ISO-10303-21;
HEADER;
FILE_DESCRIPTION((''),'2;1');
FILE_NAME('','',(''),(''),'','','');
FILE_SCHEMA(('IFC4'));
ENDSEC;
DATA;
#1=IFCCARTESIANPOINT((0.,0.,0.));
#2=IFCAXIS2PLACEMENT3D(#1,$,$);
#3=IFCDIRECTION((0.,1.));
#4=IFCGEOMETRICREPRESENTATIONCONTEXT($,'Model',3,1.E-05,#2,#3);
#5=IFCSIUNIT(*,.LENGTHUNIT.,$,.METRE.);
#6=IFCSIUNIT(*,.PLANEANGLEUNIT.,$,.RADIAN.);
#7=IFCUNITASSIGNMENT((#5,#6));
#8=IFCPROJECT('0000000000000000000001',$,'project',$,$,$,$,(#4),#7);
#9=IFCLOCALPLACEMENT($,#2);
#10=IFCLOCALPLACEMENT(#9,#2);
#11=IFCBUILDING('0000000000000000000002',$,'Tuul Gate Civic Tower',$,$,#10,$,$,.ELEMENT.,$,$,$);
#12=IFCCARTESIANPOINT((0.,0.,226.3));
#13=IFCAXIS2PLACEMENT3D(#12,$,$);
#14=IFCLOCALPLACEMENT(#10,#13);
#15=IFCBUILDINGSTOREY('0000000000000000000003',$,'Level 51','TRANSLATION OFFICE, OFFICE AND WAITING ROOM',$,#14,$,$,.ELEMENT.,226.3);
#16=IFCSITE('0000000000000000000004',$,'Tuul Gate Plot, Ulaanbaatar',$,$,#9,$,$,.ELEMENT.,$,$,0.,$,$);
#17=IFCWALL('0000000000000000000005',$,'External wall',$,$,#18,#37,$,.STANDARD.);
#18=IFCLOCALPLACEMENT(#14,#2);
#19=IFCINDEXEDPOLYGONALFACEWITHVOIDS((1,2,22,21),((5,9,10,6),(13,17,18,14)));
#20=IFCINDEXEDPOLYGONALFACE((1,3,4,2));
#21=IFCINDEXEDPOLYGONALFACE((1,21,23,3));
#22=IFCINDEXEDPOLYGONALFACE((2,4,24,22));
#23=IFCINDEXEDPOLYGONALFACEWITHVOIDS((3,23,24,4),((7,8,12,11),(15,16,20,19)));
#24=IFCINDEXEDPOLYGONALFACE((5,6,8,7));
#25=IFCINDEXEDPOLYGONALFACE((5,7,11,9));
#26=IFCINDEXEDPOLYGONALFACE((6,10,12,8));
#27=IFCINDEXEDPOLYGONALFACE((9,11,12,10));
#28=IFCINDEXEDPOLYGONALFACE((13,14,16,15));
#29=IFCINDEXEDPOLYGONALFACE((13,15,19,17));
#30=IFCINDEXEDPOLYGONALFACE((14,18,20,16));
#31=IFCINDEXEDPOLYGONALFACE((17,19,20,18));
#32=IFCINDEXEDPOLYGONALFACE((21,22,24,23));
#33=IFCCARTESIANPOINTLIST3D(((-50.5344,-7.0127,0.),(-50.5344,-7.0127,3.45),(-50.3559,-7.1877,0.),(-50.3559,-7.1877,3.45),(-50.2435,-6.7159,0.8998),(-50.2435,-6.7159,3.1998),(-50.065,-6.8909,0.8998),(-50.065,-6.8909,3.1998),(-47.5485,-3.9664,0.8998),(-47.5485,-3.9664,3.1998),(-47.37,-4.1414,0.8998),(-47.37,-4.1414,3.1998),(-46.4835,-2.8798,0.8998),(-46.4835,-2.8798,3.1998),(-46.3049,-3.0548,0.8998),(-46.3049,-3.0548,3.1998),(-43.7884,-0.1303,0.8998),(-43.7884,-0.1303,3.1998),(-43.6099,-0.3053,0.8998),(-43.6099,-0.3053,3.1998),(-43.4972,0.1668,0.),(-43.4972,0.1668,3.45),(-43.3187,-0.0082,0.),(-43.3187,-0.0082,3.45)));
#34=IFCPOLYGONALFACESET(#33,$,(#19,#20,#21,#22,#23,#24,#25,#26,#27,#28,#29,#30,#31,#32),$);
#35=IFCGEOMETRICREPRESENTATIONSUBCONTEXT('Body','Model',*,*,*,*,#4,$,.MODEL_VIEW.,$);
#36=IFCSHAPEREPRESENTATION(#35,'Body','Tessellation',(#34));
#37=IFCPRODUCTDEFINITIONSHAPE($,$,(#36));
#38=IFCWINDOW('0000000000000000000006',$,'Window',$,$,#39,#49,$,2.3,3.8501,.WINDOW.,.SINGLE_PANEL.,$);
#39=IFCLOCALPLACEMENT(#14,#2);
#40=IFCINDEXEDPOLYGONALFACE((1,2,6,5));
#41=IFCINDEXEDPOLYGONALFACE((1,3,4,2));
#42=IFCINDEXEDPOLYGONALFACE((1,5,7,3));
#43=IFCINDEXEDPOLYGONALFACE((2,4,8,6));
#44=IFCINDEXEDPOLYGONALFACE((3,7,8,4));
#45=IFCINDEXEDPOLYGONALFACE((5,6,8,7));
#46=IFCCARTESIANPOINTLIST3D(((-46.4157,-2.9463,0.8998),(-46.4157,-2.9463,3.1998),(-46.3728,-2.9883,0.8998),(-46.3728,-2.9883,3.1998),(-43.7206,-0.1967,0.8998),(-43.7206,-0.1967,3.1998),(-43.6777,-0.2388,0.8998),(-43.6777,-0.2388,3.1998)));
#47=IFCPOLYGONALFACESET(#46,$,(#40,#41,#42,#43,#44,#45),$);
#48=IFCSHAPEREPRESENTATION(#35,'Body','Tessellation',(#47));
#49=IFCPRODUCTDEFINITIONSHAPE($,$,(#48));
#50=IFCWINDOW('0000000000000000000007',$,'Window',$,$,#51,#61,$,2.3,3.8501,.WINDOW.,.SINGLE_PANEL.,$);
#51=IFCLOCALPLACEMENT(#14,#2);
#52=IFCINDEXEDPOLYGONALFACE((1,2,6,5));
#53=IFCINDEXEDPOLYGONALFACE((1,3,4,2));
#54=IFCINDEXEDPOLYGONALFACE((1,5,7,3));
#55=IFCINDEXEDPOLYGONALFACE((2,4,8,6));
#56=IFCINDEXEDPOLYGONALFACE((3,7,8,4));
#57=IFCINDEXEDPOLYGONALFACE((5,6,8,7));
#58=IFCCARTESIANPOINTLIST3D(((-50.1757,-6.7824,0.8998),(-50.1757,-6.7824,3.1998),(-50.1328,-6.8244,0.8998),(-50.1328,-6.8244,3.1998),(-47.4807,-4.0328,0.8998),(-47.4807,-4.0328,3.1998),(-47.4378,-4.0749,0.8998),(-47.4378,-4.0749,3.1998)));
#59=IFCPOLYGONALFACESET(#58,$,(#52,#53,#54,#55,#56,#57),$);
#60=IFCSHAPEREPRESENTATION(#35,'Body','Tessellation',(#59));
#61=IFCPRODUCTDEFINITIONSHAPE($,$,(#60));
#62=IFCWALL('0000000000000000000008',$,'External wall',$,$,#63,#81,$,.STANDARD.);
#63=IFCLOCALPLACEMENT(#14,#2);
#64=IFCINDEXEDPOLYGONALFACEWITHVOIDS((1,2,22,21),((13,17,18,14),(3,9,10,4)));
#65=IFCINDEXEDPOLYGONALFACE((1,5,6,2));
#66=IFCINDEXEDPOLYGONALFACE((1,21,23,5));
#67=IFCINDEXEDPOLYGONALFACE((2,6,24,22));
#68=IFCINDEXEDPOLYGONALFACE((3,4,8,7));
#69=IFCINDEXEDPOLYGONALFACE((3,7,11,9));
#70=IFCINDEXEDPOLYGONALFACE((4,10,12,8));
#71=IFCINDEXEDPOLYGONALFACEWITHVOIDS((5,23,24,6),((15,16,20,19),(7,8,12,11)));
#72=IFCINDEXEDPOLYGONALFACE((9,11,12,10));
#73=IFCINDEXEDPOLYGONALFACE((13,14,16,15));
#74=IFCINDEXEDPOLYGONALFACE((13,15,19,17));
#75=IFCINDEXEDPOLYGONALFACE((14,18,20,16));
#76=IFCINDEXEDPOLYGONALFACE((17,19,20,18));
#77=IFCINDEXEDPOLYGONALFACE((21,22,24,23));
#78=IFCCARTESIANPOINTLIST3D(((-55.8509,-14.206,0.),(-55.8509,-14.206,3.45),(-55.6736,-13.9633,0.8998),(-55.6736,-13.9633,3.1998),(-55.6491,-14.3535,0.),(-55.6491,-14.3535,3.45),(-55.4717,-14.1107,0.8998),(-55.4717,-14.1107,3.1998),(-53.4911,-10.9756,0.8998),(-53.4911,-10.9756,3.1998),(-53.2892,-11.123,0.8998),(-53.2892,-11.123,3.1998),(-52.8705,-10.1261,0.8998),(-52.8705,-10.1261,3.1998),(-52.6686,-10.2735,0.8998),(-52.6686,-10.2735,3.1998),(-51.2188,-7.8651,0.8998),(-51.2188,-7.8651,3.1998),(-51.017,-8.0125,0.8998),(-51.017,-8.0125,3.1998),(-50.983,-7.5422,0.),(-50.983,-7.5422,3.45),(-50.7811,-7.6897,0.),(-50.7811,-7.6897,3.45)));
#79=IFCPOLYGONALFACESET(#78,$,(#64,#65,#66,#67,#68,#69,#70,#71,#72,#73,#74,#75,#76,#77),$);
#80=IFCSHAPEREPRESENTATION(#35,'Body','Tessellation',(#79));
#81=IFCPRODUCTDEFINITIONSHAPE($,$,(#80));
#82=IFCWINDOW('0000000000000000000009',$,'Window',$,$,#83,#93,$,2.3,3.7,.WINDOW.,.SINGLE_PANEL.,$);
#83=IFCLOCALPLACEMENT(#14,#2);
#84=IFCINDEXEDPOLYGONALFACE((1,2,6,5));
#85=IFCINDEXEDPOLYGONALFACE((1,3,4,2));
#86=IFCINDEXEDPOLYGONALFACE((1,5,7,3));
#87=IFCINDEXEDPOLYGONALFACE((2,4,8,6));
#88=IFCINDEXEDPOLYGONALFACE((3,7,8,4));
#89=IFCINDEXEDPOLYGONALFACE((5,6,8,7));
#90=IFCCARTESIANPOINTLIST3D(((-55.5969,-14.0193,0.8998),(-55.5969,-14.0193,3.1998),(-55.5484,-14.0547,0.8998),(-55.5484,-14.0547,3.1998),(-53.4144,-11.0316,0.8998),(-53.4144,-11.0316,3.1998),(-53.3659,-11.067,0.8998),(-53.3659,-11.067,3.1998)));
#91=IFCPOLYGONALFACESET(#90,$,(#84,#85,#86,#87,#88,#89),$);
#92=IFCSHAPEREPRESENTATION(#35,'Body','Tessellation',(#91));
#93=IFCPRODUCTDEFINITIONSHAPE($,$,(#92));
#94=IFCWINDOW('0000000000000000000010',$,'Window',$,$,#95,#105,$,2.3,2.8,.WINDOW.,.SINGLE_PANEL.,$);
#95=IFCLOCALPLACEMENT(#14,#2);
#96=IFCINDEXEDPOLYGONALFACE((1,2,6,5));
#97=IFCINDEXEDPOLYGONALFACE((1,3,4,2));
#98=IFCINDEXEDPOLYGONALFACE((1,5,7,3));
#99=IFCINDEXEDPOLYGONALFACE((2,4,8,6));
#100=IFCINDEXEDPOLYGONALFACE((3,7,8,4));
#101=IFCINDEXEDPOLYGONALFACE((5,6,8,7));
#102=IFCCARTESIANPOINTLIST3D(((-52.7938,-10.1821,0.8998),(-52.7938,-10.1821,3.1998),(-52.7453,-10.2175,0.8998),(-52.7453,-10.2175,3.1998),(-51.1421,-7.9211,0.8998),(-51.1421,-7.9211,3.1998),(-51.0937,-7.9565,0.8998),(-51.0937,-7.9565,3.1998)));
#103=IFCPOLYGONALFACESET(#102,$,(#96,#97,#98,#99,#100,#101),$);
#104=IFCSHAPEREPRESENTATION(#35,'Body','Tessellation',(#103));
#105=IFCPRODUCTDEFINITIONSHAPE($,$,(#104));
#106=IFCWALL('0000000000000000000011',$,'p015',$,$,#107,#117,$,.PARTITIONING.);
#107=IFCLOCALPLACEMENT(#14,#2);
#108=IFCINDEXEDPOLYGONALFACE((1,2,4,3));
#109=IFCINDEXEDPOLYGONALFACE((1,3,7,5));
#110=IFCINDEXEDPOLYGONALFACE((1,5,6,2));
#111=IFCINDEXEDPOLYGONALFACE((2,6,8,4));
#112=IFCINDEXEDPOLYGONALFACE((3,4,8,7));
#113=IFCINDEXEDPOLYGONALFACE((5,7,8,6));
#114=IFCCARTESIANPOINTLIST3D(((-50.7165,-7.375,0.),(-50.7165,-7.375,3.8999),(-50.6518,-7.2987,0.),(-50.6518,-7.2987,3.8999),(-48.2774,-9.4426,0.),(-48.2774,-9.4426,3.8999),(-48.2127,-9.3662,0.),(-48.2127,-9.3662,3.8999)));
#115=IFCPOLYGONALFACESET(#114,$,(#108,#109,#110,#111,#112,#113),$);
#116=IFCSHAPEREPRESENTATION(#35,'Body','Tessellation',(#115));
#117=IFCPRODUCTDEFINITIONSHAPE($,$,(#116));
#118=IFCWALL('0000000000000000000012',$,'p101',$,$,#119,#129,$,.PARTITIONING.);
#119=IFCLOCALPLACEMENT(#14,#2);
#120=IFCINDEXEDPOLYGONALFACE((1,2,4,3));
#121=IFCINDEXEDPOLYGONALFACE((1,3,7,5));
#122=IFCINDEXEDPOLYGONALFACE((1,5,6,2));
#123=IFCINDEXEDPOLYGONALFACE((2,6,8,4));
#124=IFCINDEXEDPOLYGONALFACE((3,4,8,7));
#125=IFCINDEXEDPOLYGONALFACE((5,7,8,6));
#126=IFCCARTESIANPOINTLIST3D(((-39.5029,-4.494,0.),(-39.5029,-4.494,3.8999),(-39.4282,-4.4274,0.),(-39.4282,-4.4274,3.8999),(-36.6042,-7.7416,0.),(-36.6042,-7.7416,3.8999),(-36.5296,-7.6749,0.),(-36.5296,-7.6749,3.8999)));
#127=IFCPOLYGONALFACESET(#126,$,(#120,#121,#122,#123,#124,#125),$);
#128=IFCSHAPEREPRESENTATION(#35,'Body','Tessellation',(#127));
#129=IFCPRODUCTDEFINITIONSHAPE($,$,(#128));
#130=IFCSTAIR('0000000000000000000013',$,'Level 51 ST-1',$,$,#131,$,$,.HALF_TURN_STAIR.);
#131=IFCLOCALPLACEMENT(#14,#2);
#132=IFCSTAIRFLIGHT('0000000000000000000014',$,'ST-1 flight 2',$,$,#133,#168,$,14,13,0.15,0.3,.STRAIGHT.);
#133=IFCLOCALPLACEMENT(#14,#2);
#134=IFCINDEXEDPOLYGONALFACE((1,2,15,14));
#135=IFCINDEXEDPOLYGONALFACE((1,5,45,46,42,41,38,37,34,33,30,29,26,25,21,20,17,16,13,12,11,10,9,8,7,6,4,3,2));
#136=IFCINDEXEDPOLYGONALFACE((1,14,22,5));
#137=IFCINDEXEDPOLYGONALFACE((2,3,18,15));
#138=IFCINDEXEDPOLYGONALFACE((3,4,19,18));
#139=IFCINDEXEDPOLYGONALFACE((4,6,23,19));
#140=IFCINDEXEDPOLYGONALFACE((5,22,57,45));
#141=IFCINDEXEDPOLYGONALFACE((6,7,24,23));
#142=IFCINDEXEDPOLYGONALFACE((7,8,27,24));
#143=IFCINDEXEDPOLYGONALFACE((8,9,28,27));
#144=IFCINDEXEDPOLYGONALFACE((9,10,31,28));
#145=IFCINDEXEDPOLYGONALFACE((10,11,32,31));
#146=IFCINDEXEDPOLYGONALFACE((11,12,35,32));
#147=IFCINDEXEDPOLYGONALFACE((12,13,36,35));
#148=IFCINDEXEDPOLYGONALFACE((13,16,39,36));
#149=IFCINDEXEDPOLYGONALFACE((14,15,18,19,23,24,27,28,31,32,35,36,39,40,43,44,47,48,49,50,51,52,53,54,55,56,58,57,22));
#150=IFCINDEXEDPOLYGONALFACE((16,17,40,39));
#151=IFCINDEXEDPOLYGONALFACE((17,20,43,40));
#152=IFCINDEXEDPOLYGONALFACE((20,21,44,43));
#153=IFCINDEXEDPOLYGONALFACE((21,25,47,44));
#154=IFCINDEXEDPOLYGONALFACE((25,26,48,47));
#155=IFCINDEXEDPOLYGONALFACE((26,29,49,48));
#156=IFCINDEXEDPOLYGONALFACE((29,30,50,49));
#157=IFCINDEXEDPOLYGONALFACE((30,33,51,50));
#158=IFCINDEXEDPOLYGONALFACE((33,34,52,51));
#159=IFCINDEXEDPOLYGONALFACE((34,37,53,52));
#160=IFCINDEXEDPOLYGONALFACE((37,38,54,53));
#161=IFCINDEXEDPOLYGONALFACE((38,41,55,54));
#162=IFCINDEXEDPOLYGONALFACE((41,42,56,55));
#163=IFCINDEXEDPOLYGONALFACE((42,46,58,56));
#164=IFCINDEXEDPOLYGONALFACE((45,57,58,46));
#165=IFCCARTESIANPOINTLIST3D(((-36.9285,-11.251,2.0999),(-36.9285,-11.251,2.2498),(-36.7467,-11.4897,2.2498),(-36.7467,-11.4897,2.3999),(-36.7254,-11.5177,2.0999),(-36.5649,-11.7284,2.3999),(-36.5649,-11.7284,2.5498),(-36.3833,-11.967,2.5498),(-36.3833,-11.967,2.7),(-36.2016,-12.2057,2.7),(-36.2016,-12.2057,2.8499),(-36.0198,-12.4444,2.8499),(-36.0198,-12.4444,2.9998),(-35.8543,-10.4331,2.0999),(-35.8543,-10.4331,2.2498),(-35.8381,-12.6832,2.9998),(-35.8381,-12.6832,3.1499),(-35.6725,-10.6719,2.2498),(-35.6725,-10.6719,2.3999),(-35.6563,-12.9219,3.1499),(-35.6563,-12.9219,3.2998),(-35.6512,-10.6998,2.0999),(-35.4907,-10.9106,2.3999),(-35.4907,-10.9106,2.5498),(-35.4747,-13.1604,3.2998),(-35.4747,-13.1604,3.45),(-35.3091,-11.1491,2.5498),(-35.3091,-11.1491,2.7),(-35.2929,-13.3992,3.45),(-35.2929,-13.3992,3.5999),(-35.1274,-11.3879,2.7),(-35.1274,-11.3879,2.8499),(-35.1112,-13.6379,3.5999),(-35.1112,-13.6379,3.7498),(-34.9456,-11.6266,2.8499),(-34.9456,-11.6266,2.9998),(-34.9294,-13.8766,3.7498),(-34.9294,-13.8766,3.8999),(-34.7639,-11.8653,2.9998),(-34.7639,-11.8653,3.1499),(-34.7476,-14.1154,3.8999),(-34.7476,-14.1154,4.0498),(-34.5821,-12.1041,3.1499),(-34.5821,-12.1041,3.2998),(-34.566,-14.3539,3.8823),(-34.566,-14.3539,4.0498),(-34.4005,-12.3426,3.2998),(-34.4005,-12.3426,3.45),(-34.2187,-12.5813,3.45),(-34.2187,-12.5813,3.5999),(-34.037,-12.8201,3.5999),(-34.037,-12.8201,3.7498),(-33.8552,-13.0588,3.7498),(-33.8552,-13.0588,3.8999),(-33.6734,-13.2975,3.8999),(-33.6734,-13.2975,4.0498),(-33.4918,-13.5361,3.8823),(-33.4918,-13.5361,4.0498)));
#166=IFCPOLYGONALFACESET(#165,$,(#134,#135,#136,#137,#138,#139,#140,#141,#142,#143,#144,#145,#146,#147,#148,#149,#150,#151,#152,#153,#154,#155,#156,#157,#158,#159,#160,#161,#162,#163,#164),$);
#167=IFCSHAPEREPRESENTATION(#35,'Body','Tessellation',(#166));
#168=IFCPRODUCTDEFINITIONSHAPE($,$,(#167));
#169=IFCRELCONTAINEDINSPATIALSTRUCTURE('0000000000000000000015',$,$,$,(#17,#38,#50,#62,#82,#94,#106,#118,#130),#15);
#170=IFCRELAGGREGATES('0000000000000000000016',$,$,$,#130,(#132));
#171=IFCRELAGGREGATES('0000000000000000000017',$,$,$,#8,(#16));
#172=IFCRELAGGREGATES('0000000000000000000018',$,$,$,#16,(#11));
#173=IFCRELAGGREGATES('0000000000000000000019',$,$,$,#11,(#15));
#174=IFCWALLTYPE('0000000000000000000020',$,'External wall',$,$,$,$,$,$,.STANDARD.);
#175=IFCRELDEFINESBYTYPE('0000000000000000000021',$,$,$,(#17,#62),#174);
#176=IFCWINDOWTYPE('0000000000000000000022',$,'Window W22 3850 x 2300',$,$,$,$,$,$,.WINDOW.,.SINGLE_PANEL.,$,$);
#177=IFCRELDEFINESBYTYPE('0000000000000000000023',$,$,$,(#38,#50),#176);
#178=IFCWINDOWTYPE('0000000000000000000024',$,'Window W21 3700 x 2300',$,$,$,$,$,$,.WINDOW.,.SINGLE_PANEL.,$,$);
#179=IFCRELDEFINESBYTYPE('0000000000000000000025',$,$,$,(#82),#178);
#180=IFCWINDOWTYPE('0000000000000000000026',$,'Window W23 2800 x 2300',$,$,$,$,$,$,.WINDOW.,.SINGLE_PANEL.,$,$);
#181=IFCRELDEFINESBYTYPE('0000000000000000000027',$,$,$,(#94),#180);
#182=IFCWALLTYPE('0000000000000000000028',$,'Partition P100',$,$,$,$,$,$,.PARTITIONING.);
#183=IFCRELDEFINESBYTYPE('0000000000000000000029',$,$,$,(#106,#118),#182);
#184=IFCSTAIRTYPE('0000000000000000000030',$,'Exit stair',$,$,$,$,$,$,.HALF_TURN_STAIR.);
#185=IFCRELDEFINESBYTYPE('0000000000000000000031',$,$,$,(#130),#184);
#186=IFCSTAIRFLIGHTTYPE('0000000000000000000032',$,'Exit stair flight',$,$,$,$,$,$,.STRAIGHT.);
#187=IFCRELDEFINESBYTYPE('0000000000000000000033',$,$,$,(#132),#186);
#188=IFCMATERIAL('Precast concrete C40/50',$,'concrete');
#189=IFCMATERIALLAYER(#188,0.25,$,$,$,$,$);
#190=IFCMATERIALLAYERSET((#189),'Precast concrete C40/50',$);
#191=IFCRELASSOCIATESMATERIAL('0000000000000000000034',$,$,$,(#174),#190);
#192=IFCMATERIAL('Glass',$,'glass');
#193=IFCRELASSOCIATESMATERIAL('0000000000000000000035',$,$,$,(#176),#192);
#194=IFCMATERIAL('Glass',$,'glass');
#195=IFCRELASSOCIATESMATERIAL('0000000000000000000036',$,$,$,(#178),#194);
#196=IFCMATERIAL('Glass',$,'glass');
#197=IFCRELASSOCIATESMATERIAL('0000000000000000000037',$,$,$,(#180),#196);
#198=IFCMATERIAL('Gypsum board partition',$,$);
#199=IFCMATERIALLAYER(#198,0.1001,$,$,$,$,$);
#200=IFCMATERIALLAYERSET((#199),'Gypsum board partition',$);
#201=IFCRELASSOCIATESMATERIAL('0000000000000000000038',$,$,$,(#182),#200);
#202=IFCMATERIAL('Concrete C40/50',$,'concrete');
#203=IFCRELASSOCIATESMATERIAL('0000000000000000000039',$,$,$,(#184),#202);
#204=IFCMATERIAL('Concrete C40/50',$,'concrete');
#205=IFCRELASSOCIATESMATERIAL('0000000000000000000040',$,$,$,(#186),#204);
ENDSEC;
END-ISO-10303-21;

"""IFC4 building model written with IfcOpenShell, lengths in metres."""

from ifc_helpers import new_model, si_unit, direction, frame, frame_2d, origin, place, context, subcontext, project, spatial, polyline, rectangle, outline, extrude, material, layer, layer_set, type_object, element, fill, aggregate, save


model = new_model("IFC4")

# Units and contexts
model_context = context("Model", 3, precision=1e-05, world=origin(), true_north=direction((0.0, 1.0)))
body_context = subcontext(model_context, "Body", "Model", "MODEL_VIEW")
ifc_project = project(units=[si_unit("LENGTHUNIT", "METRE"), si_unit("PLANEANGLEUNIT", "RADIAN")], contexts=[model_context])

# Site, building, storey
site_placement = place(None, origin())
site = spatial("IfcSite", under=ifc_project, at=site_placement, Name="Tuul Gate Plot, Ulaanbaatar", CompositionType="ELEMENT", RefElevation=0.0)
building_placement = place(site_placement, origin())
building = spatial("IfcBuilding", under=site, at=building_placement, Name="Tuul Gate Civic Tower", CompositionType="ELEMENT")
storey_placement = place(building_placement, frame((0.0, 0.0, 226.3)))
storey = spatial("IfcBuildingStorey", under=building, at=storey_placement, Name="Level 51", Description="TRANSLATION OFFICE, OFFICE AND WAITING ROOM", CompositionType="ELEMENT", Elevation=226.3)

# Walls, openings, windows
ifc_material_1 = material(Name="Precast concrete C40/50", Category="concrete")
ifc_layer_1 = layer(ifc_material_1, 0.25)
ifc_layer_set_1 = layer_set([ifc_layer_1], Name="Precast concrete C40/50")
wall_type_1 = type_object("IfcWallType", Name="External wall", PredefinedType="STANDARD", material=ifc_layer_set_1)
wall_1_placement = place(storey_placement, frame((-43.408, 0.0793, 0.0), z_axis=(0.0, 0.0, 1.0), x_axis=(-0.699992, -0.71415, 0.0)))
wall_1 = element("IfcWall", 1, at=wall_1_placement, inside=storey, type_object=wall_type_1, Name="External wall", PredefinedType="STANDARD", context=body_context, shape_type="SweptSolid", body=[
    extrude(rectangle(XDim=10.0532, YDim=0.25, at=frame_2d((5.0266, 0.0))), origin(), (0.0, 0.0, 1.0), 3.45),
])
opening_1_placement = place(wall_1_placement, frame((0.416, 0.0, 0.8999)))
opening_1 = element("IfcOpeningElement", 2, at=opening_1_placement, cuts=wall_1, PredefinedType="OPENING", context=body_context, shape_type="SweptSolid", body=[
    extrude(rectangle(XDim=3.8501, YDim=2.3, at=frame_2d((1.925, 1.1499))), frame((0.0, 0.135, 0.0), z_axis=(0.0, -1.0, 0.0), x_axis=(1.0, 0.0, 0.0)), (0.0, 0.0, 1.0), 0.27),
])
opening_2_placement = place(wall_1_placement, frame((5.7876, 0.0, 0.8999)))
opening_2 = element("IfcOpeningElement", 3, at=opening_2_placement, cuts=wall_1, PredefinedType="OPENING", context=body_context, shape_type="SweptSolid", body=[
    extrude(rectangle(XDim=3.8501, YDim=2.3, at=frame_2d((1.925, 1.1499))), frame((0.0, 0.135, 0.0), z_axis=(0.0, -1.0, 0.0), x_axis=(1.0, 0.0, 0.0)), (0.0, 0.0, 1.0), 0.27),
])
ifc_material_2 = material(Name="Glass", Category="glass")
window_type_1 = type_object("IfcWindowType", Name="Window W22 3850 x 2300", PartitioningType="SINGLE_PANEL", PredefinedType="WINDOW", material=ifc_material_2)
window_1_placement = place(opening_1_placement, origin())
window_1 = element("IfcWindow", 4, at=window_1_placement, inside=storey, type_object=window_type_1, Name="Window", OverallHeight=2.3, OverallWidth=3.8501, PartitioningType="SINGLE_PANEL", PredefinedType="WINDOW", context=body_context, shape_type="SweptSolid", body=[
    extrude(rectangle(XDim=3.8501, YDim=2.3, at=frame_2d((1.925, 1.1499))), frame((0.0, 0.03, 0.0), z_axis=(0.0, -1.0, 0.0), x_axis=(1.0, 0.0, 0.0)), (0.0, 0.0, 1.0), 0.0601),
])
fill(opening_1, window_1)
window_2_placement = place(opening_2_placement, origin())
window_2 = element("IfcWindow", 5, at=window_2_placement, inside=storey, type_object=window_type_1, Name="Window", OverallHeight=2.3, OverallWidth=3.8501, PartitioningType="SINGLE_PANEL", PredefinedType="WINDOW", context=body_context, shape_type="SweptSolid", body=[
    extrude(rectangle(XDim=3.8501, YDim=2.3, at=frame_2d((1.925, 1.1499))), frame((0.0, 0.03, 0.0), z_axis=(0.0, -1.0, 0.0), x_axis=(1.0, 0.0, 0.0)), (0.0, 0.0, 1.0), 0.0601),
])
fill(opening_2, window_2)
wall_2_placement = place(storey_placement, frame((-50.8821, -7.616, 0.0), z_axis=(0.0, 0.0, 1.0), x_axis=(-0.589875, -0.807495, 0.0)))
wall_2 = element("IfcWall", 6, at=wall_2_placement, inside=storey, type_object=wall_type_1, Name="External wall", PredefinedType="STANDARD", context=body_context, shape_type="SweptSolid", body=[
    extrude(rectangle(XDim=8.2524, YDim=0.25, at=frame_2d((4.1262, 0.0))), origin(), (0.0, 0.0, 1.0), 3.45),
])
opening_3_placement = place(wall_2_placement, frame((0.3999, 0.0, 0.8999)))
opening_3 = element("IfcOpeningElement", 7, at=opening_3_placement, cuts=wall_2, PredefinedType="OPENING", context=body_context, shape_type="SweptSolid", body=[
    extrude(rectangle(XDim=2.8, YDim=2.3, at=frame_2d((1.3999, 1.1499))), frame((0.0, 0.135, 0.0), z_axis=(0.0, -1.0, 0.0), x_axis=(1.0, 0.0, 0.0)), (0.0, 0.0, 1.0), 0.27),
])
opening_4_placement = place(wall_2_placement, frame((4.2517, 0.0, 0.8999)))
opening_4 = element("IfcOpeningElement", 8, at=opening_4_placement, cuts=wall_2, PredefinedType="OPENING", context=body_context, shape_type="SweptSolid", body=[
    extrude(rectangle(XDim=3.7, YDim=2.3, at=frame_2d((1.8501, 1.1499))), frame((0.0, 0.135, 0.0), z_axis=(0.0, -1.0, 0.0), x_axis=(1.0, 0.0, 0.0)), (0.0, 0.0, 1.0), 0.27),
])
ifc_material_3 = material(Name="Glass", Category="glass")
window_type_2 = type_object("IfcWindowType", Name="Window W21 3700 x 2300", PartitioningType="SINGLE_PANEL", PredefinedType="WINDOW", material=ifc_material_3)
window_3_placement = place(opening_4_placement, origin())
window_3 = element("IfcWindow", 9, at=window_3_placement, inside=storey, type_object=window_type_2, Name="Window", OverallHeight=2.3, OverallWidth=3.7, PartitioningType="SINGLE_PANEL", PredefinedType="WINDOW", context=body_context, shape_type="SweptSolid", body=[
    extrude(rectangle(XDim=3.7, YDim=2.3, at=frame_2d((1.8501, 1.1499))), frame((0.0, 0.03, 0.0), z_axis=(0.0, -1.0, 0.0), x_axis=(1.0, 0.0, 0.0)), (0.0, 0.0, 1.0), 0.0601),
])
fill(opening_4, window_3)
ifc_material_4 = material(Name="Glass", Category="glass")
window_type_3 = type_object("IfcWindowType", Name="Window W23 2800 x 2300", PartitioningType="SINGLE_PANEL", PredefinedType="WINDOW", material=ifc_material_4)
window_4_placement = place(opening_3_placement, origin())
window_4 = element("IfcWindow", 10, at=window_4_placement, inside=storey, type_object=window_type_3, Name="Window", OverallHeight=2.3, OverallWidth=2.8, PartitioningType="SINGLE_PANEL", PredefinedType="WINDOW", context=body_context, shape_type="SweptSolid", body=[
    extrude(rectangle(XDim=2.8, YDim=2.3, at=frame_2d((1.3999, 1.1499))), frame((0.0, 0.03, 0.0), z_axis=(0.0, -1.0, 0.0), x_axis=(1.0, 0.0, 0.0)), (0.0, 0.0, 1.0), 0.0601),
])
fill(opening_3, window_4)

# Walls
ifc_material_5 = material(Name="Gypsum board partition")
ifc_layer_2 = layer(ifc_material_5, 0.1001)
ifc_layer_set_2 = layer_set([ifc_layer_2], Name="Gypsum board partition")
wall_type_2 = type_object("IfcWallType", Name="Partition P100", PredefinedType="PARTITIONING", material=ifc_layer_set_2)
wall_3_placement = place(storey_placement, frame((-50.6841, -7.3369, 0.0), z_axis=(0.0, 0.0, 1.0), x_axis=(0.762818, -0.646613, 0.0)))
element("IfcWall", 11, at=wall_3_placement, inside=storey, type_object=wall_type_2, Name="p015", PredefinedType="PARTITIONING", context=body_context, shape_type="SweptSolid", body=[
    extrude(rectangle(XDim=3.1975, YDim=0.1001, at=frame_2d((1.5986, 0.0))), origin(), (0.0, 0.0, 1.0), 3.8999),
])
wall_4_placement = place(storey_placement, frame((-39.4656, -4.4607, 0.0), z_axis=(0.0, 0.0, 1.0), x_axis=(0.665898, -0.746043, 0.0)))
element("IfcWall", 12, at=wall_4_placement, inside=storey, type_object=wall_type_2, Name="p101", PredefinedType="PARTITIONING", context=body_context, shape_type="SweptSolid", body=[
    extrude(rectangle(XDim=4.353, YDim=0.1001, at=frame_2d((2.1765, 0.0))), origin(), (0.0, 0.0, 1.0), 3.8999),
])

# Stair, stair flight
ifc_material_6 = material(Name="Concrete C40/50", Category="concrete")
stair_type = type_object("IfcStairType", Name="Exit stair", PredefinedType="HALF_TURN_STAIR", material=ifc_material_6)
stair_placement = place(storey_placement, origin())
stair = element("IfcStair", 13, at=stair_placement, inside=storey, type_object=stair_type, Name="Level 51 ST-1", PredefinedType="HALF_TURN_STAIR")
ifc_material_7 = material(Name="Concrete C40/50", Category="concrete")
stair_flight_type = type_object("IfcStairFlightType", Name="Exit stair flight", PredefinedType="STRAIGHT", material=ifc_material_7)
stair_flight_placement = place(storey_placement, frame((-36.3914, -10.842, 2.0999), z_axis=(0.0, 0.0, 1.0), x_axis=(0.605764, -0.795644, 0.0)))
stair_flight = element("IfcStairFlight", 14, at=stair_flight_placement, type_object=stair_flight_type, Name="ST-1 flight 2", NumberOfRisers=14, NumberOfTreads=13, PredefinedType="STRAIGHT", RiserHeight=0.15, TreadLength=0.3, context=body_context, shape_type="SweptSolid", body=[
    extrude(outline(polyline([(0.0, 0.0), (0.0, 0.1499), (0.3, 0.1499), (0.3, 0.3), (0.6001, 0.3), (0.6001, 0.45), (0.8999, 0.45), (0.8999, 0.6001), (1.2, 0.6001), (1.2, 0.75), (1.5, 0.75), (1.5, 0.8999), (1.8, 0.8999), (1.8, 1.05), (2.1001, 1.05), (2.1001, 1.2), (2.3999, 1.2), (2.3999, 1.3501), (2.7, 1.3501), (2.7, 1.5), (3.0, 1.5), (3.0, 1.6499), (3.3, 1.6499), (3.3, 1.8), (3.6001, 1.8), (3.6001, 1.95), (3.8999, 1.95), (3.8999, 2.1001), (3.8999, 1.7825), (0.3352, 0.0), (0.0, 0.0)])), frame((0.0, 0.675, 0.0), z_axis=(0.0, -1.0, 0.0), x_axis=(1.0, 0.0, 0.0)), (0.0, 0.0, 1.0), 1.3501),
])
aggregate(stair, [stair_flight])

save(model, "model.ifc")
